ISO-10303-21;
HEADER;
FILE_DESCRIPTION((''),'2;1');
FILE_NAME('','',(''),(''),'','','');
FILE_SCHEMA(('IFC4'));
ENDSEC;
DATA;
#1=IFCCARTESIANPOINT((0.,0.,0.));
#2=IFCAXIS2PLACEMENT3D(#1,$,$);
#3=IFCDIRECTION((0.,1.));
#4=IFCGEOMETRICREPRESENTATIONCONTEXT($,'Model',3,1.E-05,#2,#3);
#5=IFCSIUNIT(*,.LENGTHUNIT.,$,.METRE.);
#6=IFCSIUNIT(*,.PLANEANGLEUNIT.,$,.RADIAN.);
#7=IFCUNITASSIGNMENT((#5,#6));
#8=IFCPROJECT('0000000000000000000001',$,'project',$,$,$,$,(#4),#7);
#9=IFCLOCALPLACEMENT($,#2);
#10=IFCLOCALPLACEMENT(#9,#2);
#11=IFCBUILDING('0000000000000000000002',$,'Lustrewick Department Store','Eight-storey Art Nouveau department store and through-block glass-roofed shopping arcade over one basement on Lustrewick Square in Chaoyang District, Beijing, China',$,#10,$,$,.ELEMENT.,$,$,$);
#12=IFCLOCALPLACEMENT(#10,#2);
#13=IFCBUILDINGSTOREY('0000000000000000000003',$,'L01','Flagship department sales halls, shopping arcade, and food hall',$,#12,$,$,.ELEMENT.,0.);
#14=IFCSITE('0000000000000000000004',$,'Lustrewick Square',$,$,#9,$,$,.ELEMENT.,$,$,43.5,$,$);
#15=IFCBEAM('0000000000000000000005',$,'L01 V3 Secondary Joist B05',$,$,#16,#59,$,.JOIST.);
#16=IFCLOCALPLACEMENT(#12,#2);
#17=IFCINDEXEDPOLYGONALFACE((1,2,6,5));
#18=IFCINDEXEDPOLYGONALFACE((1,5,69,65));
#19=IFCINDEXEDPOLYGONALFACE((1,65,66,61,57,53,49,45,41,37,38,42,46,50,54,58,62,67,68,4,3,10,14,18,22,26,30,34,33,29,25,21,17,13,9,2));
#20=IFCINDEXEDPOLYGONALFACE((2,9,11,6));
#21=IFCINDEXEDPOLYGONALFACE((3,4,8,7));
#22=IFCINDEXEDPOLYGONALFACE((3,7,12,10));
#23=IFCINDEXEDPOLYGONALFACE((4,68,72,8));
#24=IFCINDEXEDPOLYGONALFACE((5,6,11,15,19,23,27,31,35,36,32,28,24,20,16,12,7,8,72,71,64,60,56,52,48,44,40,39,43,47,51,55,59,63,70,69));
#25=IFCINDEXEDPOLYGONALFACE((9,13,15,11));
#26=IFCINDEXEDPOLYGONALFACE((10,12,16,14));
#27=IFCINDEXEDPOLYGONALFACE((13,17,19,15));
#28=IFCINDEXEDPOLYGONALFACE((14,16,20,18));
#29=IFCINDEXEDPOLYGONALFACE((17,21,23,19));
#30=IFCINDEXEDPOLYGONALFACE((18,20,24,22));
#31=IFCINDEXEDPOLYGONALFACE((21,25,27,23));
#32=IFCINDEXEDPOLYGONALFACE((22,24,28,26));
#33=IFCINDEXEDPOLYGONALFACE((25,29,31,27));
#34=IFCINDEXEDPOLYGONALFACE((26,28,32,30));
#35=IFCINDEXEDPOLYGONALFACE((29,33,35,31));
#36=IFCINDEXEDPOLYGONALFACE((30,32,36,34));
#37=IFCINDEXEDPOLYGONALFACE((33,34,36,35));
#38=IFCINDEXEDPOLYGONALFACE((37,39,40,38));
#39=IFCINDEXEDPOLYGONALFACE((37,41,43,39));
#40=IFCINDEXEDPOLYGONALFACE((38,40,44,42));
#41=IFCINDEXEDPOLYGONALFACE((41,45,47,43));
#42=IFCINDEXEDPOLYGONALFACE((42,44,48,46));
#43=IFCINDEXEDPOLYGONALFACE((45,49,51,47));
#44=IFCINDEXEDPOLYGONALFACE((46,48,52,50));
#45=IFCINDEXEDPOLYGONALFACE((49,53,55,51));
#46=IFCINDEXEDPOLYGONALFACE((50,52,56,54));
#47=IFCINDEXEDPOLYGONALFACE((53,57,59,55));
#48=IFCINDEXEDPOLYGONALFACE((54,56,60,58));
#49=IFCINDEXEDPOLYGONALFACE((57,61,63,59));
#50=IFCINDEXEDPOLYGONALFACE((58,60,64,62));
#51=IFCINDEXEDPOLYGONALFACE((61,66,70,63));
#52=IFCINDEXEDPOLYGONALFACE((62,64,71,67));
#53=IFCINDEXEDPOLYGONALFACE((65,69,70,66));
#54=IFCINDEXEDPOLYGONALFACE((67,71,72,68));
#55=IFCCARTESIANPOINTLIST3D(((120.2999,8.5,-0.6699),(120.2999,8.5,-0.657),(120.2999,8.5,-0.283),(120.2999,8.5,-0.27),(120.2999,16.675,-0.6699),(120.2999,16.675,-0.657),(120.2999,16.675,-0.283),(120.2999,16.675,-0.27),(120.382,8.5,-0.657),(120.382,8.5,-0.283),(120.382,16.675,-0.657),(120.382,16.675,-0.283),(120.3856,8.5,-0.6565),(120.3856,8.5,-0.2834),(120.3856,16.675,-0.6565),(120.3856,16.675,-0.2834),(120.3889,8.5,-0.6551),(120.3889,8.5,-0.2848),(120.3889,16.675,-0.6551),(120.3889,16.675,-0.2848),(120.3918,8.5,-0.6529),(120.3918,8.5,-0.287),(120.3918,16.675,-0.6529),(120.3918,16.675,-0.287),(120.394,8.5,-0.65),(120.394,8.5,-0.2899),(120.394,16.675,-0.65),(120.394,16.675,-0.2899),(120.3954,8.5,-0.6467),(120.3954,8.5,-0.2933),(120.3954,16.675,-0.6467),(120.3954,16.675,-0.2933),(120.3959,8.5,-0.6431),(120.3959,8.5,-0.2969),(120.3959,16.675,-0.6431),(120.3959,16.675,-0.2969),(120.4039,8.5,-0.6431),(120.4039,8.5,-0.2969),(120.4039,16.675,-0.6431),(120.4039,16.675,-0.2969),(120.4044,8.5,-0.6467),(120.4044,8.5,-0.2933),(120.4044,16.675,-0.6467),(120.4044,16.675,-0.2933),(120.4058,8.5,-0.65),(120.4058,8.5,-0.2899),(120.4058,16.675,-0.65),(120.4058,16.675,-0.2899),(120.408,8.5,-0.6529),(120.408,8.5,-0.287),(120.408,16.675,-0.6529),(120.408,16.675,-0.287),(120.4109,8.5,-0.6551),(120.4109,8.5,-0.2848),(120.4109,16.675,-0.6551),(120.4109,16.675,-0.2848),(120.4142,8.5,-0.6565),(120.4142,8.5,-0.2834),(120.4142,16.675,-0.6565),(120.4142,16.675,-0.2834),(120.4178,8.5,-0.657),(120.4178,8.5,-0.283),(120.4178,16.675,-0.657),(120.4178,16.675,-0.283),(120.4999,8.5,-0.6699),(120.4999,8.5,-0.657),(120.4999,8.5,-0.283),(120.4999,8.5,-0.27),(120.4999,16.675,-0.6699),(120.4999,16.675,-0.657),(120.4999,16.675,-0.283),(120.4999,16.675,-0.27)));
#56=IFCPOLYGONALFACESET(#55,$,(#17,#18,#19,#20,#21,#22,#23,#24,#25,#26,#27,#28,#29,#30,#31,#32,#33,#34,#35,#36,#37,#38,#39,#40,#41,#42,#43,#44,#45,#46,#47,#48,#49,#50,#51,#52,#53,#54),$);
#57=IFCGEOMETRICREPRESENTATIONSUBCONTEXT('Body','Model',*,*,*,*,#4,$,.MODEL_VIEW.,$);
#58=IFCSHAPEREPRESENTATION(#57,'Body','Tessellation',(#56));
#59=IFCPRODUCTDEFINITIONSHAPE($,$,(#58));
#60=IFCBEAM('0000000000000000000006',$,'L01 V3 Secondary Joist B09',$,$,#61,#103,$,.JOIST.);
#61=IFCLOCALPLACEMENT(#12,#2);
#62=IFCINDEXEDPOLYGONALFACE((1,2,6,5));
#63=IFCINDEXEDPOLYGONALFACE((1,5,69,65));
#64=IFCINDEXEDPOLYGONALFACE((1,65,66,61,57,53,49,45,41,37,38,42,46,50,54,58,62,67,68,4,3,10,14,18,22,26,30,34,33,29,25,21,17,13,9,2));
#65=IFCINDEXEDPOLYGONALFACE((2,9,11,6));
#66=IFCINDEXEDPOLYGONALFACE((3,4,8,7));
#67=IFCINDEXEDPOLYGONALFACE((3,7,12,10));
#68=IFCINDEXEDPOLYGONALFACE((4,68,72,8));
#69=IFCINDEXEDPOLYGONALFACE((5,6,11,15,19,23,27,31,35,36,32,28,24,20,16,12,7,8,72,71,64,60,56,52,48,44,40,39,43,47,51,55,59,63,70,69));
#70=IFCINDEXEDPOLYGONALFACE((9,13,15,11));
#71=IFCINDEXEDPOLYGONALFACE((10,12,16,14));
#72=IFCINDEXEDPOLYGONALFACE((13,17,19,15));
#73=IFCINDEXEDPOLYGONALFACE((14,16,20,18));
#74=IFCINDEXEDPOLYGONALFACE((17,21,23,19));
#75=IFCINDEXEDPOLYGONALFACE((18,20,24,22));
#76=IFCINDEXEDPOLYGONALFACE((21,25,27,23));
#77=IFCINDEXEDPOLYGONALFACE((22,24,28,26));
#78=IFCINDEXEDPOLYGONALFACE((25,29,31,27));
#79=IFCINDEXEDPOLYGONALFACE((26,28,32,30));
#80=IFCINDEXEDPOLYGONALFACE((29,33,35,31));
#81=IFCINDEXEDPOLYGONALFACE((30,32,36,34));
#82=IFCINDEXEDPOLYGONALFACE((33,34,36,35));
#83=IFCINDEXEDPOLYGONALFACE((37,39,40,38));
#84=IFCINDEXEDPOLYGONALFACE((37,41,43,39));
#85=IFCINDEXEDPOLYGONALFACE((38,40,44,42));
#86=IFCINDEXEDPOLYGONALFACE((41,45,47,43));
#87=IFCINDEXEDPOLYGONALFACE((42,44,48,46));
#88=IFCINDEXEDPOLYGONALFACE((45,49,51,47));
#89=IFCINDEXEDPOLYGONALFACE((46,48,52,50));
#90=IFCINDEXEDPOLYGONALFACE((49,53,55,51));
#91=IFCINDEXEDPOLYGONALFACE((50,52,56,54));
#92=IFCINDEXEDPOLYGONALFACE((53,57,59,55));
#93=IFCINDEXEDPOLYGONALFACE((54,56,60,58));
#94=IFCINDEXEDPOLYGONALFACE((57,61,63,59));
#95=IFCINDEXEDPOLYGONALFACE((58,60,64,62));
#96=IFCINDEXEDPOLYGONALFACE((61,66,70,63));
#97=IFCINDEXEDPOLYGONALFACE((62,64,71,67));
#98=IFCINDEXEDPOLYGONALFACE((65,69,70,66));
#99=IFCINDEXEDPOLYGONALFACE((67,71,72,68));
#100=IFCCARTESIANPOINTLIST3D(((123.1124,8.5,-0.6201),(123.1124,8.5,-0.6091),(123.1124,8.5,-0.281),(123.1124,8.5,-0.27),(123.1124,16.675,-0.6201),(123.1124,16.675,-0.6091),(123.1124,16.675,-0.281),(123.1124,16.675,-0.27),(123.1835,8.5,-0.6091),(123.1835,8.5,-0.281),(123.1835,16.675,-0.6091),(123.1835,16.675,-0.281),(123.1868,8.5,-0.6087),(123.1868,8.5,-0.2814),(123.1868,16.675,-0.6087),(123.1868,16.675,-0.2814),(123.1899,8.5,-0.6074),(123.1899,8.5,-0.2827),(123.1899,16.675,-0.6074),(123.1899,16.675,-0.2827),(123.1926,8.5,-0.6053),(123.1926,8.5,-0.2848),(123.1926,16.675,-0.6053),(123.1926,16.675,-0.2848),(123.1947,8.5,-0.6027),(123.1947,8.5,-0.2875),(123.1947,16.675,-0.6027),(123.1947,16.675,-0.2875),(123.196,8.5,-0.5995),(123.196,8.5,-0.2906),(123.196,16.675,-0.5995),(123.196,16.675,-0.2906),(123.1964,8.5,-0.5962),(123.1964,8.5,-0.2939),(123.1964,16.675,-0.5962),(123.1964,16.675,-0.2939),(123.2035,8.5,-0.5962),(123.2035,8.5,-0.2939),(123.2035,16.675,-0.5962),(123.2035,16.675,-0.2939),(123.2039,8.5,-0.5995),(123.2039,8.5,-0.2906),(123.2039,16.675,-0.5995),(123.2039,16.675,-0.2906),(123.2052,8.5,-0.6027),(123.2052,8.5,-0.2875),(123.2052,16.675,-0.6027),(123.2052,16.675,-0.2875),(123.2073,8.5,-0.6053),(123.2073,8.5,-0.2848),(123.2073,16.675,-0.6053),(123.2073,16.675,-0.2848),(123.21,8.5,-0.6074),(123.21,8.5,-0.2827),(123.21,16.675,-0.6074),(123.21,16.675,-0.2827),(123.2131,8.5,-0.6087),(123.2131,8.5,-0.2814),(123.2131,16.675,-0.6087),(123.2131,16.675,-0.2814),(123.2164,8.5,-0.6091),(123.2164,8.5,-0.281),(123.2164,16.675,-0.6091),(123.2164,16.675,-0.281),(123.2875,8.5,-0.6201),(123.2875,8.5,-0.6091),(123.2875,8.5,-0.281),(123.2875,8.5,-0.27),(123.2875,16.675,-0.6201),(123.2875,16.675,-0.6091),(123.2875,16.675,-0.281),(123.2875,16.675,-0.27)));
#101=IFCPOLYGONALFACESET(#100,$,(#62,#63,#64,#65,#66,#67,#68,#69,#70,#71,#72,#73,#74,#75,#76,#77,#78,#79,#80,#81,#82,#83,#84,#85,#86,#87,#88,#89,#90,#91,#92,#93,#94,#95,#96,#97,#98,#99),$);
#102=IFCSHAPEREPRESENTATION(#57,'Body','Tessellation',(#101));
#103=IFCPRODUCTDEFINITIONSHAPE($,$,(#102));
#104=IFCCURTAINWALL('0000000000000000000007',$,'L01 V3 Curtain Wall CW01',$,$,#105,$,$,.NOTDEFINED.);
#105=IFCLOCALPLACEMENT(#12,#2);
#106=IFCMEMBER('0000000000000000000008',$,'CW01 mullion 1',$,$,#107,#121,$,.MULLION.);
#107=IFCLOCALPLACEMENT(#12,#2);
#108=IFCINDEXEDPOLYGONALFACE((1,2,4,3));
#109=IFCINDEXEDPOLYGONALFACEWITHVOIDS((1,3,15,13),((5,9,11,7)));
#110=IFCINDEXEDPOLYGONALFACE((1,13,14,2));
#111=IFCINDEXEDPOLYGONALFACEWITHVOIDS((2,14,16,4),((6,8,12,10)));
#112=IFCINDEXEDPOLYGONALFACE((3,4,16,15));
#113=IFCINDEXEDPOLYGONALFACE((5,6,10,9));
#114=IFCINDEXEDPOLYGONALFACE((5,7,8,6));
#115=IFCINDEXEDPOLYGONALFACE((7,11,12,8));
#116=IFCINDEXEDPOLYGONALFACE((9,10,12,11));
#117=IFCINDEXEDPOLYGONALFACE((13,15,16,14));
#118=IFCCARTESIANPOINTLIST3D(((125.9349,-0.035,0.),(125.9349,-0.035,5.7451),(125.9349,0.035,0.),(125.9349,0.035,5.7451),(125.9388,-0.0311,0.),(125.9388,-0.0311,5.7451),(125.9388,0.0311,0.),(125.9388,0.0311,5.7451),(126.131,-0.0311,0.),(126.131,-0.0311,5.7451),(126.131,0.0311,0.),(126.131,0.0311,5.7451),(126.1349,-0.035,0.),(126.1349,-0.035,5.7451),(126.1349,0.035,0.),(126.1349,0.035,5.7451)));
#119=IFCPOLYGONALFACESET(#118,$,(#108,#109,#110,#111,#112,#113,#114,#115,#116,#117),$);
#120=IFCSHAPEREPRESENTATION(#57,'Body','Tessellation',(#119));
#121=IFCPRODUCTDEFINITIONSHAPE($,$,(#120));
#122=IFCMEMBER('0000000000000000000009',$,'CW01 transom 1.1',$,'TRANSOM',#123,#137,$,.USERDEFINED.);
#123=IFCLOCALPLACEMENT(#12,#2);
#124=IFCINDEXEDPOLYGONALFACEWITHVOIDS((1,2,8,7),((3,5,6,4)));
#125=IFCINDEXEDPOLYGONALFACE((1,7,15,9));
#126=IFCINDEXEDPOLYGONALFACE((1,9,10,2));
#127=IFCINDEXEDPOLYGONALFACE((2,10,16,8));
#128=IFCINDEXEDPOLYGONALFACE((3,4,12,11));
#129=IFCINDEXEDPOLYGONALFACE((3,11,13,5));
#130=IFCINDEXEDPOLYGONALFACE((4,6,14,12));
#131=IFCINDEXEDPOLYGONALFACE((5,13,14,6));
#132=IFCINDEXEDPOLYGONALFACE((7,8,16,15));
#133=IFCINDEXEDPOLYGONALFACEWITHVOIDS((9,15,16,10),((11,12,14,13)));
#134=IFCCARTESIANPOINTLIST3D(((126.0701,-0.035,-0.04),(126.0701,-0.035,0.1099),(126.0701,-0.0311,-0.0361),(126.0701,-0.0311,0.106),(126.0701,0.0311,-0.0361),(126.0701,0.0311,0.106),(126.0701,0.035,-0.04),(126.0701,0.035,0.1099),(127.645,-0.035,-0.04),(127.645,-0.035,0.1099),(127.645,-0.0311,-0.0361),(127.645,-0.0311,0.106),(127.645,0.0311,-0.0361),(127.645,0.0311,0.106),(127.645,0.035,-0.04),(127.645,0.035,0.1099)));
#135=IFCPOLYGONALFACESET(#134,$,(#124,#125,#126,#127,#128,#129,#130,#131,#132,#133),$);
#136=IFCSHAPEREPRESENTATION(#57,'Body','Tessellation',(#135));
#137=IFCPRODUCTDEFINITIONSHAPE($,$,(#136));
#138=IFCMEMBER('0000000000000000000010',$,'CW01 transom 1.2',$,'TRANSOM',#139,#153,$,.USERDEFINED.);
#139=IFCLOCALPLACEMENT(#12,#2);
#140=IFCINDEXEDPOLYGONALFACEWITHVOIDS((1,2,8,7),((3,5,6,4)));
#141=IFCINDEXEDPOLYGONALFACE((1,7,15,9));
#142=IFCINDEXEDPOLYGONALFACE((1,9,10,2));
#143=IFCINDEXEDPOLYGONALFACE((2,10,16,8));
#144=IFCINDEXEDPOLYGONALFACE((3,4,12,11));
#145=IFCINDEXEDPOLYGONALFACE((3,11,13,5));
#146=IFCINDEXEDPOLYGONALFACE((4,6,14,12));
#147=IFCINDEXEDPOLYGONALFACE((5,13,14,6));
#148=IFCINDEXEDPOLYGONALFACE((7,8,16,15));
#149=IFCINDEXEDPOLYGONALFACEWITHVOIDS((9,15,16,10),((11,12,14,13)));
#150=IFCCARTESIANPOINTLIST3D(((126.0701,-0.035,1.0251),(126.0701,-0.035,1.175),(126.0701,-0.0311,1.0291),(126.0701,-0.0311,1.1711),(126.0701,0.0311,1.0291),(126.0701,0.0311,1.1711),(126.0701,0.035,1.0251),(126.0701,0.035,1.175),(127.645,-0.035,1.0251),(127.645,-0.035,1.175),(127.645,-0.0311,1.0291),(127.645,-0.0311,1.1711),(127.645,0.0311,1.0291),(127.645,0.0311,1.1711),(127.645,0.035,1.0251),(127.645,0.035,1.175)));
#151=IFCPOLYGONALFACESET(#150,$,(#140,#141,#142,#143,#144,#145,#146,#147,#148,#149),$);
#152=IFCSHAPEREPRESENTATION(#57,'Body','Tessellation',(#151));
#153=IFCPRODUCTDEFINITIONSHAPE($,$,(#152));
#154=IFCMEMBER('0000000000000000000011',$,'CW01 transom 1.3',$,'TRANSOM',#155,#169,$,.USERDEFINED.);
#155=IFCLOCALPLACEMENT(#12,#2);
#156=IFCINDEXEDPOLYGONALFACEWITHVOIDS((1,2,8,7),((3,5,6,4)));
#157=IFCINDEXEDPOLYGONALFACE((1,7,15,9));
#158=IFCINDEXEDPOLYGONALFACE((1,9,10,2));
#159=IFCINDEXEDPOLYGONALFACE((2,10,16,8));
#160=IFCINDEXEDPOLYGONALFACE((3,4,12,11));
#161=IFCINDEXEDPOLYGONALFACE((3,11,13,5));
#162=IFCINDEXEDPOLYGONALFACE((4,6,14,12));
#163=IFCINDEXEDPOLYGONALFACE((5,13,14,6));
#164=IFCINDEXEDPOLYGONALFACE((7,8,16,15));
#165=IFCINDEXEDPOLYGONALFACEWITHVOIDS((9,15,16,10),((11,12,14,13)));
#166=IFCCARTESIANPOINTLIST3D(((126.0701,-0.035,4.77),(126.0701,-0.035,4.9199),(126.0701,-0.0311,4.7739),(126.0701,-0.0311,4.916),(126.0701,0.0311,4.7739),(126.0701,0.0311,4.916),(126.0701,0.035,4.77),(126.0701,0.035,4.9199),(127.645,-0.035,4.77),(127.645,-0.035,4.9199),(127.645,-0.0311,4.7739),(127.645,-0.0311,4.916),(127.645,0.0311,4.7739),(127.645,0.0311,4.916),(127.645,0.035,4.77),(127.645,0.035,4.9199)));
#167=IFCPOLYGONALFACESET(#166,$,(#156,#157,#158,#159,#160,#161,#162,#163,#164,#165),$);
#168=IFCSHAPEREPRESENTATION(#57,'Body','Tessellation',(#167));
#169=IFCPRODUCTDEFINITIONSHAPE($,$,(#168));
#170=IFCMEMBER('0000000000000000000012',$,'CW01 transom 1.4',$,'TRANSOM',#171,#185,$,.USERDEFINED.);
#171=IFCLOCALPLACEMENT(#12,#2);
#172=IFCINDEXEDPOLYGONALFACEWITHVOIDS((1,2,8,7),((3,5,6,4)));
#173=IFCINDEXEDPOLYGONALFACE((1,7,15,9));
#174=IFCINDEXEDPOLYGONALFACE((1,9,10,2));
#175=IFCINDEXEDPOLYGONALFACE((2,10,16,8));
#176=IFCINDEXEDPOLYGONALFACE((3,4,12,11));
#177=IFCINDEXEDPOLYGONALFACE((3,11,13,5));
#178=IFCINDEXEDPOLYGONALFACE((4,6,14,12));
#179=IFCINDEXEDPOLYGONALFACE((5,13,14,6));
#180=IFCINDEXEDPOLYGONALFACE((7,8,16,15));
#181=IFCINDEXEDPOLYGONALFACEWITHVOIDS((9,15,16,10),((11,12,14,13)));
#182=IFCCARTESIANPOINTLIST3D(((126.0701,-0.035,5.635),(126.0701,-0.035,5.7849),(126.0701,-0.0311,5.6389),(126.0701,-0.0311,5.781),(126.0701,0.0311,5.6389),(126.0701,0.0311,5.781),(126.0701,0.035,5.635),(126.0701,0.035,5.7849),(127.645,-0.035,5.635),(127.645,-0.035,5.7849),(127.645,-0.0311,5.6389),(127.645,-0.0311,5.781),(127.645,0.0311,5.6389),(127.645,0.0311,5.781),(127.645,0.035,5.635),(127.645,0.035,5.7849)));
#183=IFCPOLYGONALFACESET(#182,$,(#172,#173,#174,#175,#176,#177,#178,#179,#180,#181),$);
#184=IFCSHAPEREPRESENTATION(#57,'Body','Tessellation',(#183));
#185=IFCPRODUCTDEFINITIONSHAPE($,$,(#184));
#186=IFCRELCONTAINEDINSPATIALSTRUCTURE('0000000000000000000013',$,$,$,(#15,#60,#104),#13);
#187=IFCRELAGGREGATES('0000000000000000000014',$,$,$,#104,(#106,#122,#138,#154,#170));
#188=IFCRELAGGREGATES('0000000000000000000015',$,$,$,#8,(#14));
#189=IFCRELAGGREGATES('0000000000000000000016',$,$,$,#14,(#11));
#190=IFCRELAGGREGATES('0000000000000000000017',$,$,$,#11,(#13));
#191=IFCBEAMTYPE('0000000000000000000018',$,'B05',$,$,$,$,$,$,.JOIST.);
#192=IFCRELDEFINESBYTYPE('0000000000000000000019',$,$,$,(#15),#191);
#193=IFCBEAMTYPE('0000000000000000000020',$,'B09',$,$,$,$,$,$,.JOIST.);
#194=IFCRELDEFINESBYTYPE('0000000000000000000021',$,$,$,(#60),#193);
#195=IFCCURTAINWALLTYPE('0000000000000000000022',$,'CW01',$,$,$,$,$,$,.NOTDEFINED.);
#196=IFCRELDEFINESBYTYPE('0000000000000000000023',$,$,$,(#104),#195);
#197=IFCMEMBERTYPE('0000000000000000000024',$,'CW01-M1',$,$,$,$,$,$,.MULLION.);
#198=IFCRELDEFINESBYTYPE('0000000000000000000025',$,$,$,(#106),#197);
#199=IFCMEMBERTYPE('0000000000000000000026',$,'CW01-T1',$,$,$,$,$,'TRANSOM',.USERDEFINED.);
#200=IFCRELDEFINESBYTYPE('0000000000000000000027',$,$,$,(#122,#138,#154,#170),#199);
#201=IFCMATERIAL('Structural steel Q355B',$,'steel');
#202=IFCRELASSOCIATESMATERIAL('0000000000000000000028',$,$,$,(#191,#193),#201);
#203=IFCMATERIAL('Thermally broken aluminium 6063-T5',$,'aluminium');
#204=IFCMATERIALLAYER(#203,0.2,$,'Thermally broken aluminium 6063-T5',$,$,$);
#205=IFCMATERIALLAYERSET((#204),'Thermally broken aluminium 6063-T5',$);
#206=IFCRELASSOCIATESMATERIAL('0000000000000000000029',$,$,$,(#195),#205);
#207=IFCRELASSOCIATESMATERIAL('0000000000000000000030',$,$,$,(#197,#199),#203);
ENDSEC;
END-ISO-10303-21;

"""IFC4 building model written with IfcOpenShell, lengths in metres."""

from ifc_helpers import new_model, si_unit, direction, frame, origin, origin_2d, place, context, subcontext, project, spatial, hollow_rectangle, i_section, extrude, material, layer, layer_set, material_profile, profile_set, type_object, element, aggregate, save


model = new_model("IFC4")

# Units and contexts
model_context = context("Model", 3, precision=1e-05, world=origin(), true_north=direction((0.0, 1.0)))
body_context = subcontext(model_context, "Body", "Model", "MODEL_VIEW")
ifc_project = project(units=[si_unit("LENGTHUNIT", "METRE"), si_unit("PLANEANGLEUNIT", "RADIAN")], contexts=[model_context])

# Site, building, storey
site_placement = place(None, origin())
site = spatial("IfcSite", under=ifc_project, at=site_placement, Name="Lustrewick Square", CompositionType="ELEMENT", RefElevation=43.5)
building_placement = place(site_placement, origin())
building = spatial("IfcBuilding", under=site, at=building_placement, Name="Lustrewick Department Store", Description="Eight-storey Art Nouveau department store and through-block glass-roofed shopping arcade over one basement on Lustrewick Square in Chaoyang District, Beijing, China", CompositionType="ELEMENT")
storey_placement = place(building_placement, origin())
storey = spatial("IfcBuildingStorey", under=building, at=storey_placement, Name="L01", Description="Flagship department sales halls, shopping arcade, and food hall", CompositionType="ELEMENT", Elevation=0.0)

# Beams
ifc_material_1 = material(Name="Structural steel Q355B", Category="steel")
ifc_material_profile_1 = material_profile(ifc_material_1, i_section(OverallWidth=0.2, OverallDepth=0.3999, WebThickness=0.0081, FlangeThickness=0.0129, FilletRadius=0.0139, at=origin_2d()), Name="HN 400x200x8x13")
ifc_profile_set_1 = profile_set([ifc_material_profile_1], Name="Structural steel Q355B")
beam_type_1 = type_object("IfcBeamType", Name="B05", PredefinedType="JOIST", material=ifc_profile_set_1)
beam_1_placement = place(storey_placement, frame((120.3999, 8.5, -0.47), z_axis=(0.0, 1.0, 0.0), x_axis=(-1.0, 0.0, 0.0)))
element("IfcBeam", 1, at=beam_1_placement, inside=storey, type_object=beam_type_1, Name="L01 V3 Secondary Joist B05", PredefinedType="JOIST", context=body_context, shape_type="SweptSolid", body=[
    extrude(i_section(OverallWidth=0.2, OverallDepth=0.3999, WebThickness=0.0081, FlangeThickness=0.0129, FilletRadius=0.0139, at=origin_2d()), origin(), (0.0, 0.0, 1.0), 8.175),
])
ifc_material_profile_2 = material_profile(ifc_material_1, i_section(OverallWidth=0.175, OverallDepth=0.3501, WebThickness=0.0071, FlangeThickness=0.011, FilletRadius=0.0129, at=origin_2d()), Name="HN 350x175x7x11")
ifc_profile_set_2 = profile_set([ifc_material_profile_2], Name="Structural steel Q355B")
beam_type_2 = type_object("IfcBeamType", Name="B09", PredefinedType="JOIST", material=ifc_profile_set_2)
beam_2_placement = place(storey_placement, frame((123.2, 8.5, -0.4451), z_axis=(0.0, 1.0, 0.0), x_axis=(-1.0, 0.0, 0.0)))
element("IfcBeam", 2, at=beam_2_placement, inside=storey, type_object=beam_type_2, Name="L01 V3 Secondary Joist B09", PredefinedType="JOIST", context=body_context, shape_type="SweptSolid", body=[
    extrude(i_section(OverallWidth=0.175, OverallDepth=0.3501, WebThickness=0.0071, FlangeThickness=0.011, FilletRadius=0.0129, at=origin_2d()), origin(), (0.0, 0.0, 1.0), 8.175),
])

# Curtain wall, members
ifc_material_2 = material(Name="Thermally broken aluminium 6063-T5", Category="aluminium")
ifc_layer_1 = layer(ifc_material_2, 0.2, Name="Thermally broken aluminium 6063-T5")
ifc_layer_set_1 = layer_set([ifc_layer_1], Name="Thermally broken aluminium 6063-T5")
curtain_wall_type = type_object("IfcCurtainWallType", Name="CW01", PredefinedType="NOTDEFINED", material=ifc_layer_set_1)
curtain_wall_placement = place(storey_placement, origin())
curtain_wall = element("IfcCurtainWall", 3, at=curtain_wall_placement, inside=storey, type_object=curtain_wall_type, Name="L01 V3 Curtain Wall CW01", PredefinedType="NOTDEFINED")
ifc_material_profile_3 = material_profile(ifc_material_2, hollow_rectangle(XDim=0.0701, YDim=0.2, WallThickness=0.0039, at=origin_2d()), Name="ALU-M 70x200x4")
ifc_profile_set_3 = profile_set([ifc_material_profile_3], Name="Thermally broken aluminium 6063-T5")
member_type_1 = type_object("IfcMemberType", Name="CW01-M1", PredefinedType="MULLION", material=ifc_profile_set_3)
member_1_placement = place(storey_placement, frame((126.0349, 0.0, 0.0), z_axis=(0.0, 0.0, 1.0), x_axis=(0.0, 1.0, 0.0)))
member_1 = element("IfcMember", 4, at=member_1_placement, type_object=member_type_1, Name="CW01 mullion 1", PredefinedType="MULLION", context=body_context, shape_type="SweptSolid", body=[
    extrude(hollow_rectangle(XDim=0.0701, YDim=0.2, WallThickness=0.0039, at=origin_2d()), origin(), (0.0, 0.0, 1.0), 5.7451),
])
ifc_material_profile_4 = material_profile(ifc_material_2, hollow_rectangle(XDim=0.0701, YDim=0.1499, WallThickness=0.0039, at=origin_2d()), Name="ALU-T 70x150x4")
ifc_profile_set_4 = profile_set([ifc_material_profile_4], Name="Thermally broken aluminium 6063-T5")
member_type_2 = type_object("IfcMemberType", Name="CW01-T1", ElementType="TRANSOM", PredefinedType="USERDEFINED", material=ifc_profile_set_4)
member_2_placement = place(storey_placement, frame((126.0701, 0.0, 0.0349), z_axis=(1.0, 0.0, 0.0), x_axis=(0.0, 1.0, 0.0)))
member_2 = element("IfcMember", 5, at=member_2_placement, type_object=member_type_2, Name="CW01 transom 1.1", ObjectType="TRANSOM", PredefinedType="USERDEFINED", context=body_context, shape_type="SweptSolid", body=[
    extrude(hollow_rectangle(XDim=0.0701, YDim=0.1499, WallThickness=0.0039, at=origin_2d()), origin(), (0.0, 0.0, 1.0), 1.575),
])
member_3_placement = place(storey_placement, frame((126.0701, 0.0, 1.1001), z_axis=(1.0, 0.0, 0.0), x_axis=(0.0, 1.0, 0.0)))
member_3 = element("IfcMember", 6, at=member_3_placement, type_object=member_type_2, Name="CW01 transom 1.2", ObjectType="TRANSOM", PredefinedType="USERDEFINED", context=body_context, shape_type="SweptSolid", body=[
    extrude(hollow_rectangle(XDim=0.0701, YDim=0.1499, WallThickness=0.0039, at=origin_2d()), origin(), (0.0, 0.0, 1.0), 1.575),
])
member_4_placement = place(storey_placement, frame((126.0701, 0.0, 4.845), z_axis=(1.0, 0.0, 0.0), x_axis=(0.0, 1.0, 0.0)))
member_4 = element("IfcMember", 7, at=member_4_placement, type_object=member_type_2, Name="CW01 transom 1.3", ObjectType="TRANSOM", PredefinedType="USERDEFINED", context=body_context, shape_type="SweptSolid", body=[
    extrude(hollow_rectangle(XDim=0.0701, YDim=0.1499, WallThickness=0.0039, at=origin_2d()), origin(), (0.0, 0.0, 1.0), 1.575),
])
member_5_placement = place(storey_placement, frame((126.0701, 0.0, 5.71), z_axis=(1.0, 0.0, 0.0), x_axis=(0.0, 1.0, 0.0)))
member_5 = element("IfcMember", 8, at=member_5_placement, type_object=member_type_2, Name="CW01 transom 1.4", ObjectType="TRANSOM", PredefinedType="USERDEFINED", context=body_context, shape_type="SweptSolid", body=[
    extrude(hollow_rectangle(XDim=0.0701, YDim=0.1499, WallThickness=0.0039, at=origin_2d()), origin(), (0.0, 0.0, 1.0), 1.575),
])

aggregate(curtain_wall, [member_1, member_2, member_3, member_4, member_5])

save(model, "model.ifc")
